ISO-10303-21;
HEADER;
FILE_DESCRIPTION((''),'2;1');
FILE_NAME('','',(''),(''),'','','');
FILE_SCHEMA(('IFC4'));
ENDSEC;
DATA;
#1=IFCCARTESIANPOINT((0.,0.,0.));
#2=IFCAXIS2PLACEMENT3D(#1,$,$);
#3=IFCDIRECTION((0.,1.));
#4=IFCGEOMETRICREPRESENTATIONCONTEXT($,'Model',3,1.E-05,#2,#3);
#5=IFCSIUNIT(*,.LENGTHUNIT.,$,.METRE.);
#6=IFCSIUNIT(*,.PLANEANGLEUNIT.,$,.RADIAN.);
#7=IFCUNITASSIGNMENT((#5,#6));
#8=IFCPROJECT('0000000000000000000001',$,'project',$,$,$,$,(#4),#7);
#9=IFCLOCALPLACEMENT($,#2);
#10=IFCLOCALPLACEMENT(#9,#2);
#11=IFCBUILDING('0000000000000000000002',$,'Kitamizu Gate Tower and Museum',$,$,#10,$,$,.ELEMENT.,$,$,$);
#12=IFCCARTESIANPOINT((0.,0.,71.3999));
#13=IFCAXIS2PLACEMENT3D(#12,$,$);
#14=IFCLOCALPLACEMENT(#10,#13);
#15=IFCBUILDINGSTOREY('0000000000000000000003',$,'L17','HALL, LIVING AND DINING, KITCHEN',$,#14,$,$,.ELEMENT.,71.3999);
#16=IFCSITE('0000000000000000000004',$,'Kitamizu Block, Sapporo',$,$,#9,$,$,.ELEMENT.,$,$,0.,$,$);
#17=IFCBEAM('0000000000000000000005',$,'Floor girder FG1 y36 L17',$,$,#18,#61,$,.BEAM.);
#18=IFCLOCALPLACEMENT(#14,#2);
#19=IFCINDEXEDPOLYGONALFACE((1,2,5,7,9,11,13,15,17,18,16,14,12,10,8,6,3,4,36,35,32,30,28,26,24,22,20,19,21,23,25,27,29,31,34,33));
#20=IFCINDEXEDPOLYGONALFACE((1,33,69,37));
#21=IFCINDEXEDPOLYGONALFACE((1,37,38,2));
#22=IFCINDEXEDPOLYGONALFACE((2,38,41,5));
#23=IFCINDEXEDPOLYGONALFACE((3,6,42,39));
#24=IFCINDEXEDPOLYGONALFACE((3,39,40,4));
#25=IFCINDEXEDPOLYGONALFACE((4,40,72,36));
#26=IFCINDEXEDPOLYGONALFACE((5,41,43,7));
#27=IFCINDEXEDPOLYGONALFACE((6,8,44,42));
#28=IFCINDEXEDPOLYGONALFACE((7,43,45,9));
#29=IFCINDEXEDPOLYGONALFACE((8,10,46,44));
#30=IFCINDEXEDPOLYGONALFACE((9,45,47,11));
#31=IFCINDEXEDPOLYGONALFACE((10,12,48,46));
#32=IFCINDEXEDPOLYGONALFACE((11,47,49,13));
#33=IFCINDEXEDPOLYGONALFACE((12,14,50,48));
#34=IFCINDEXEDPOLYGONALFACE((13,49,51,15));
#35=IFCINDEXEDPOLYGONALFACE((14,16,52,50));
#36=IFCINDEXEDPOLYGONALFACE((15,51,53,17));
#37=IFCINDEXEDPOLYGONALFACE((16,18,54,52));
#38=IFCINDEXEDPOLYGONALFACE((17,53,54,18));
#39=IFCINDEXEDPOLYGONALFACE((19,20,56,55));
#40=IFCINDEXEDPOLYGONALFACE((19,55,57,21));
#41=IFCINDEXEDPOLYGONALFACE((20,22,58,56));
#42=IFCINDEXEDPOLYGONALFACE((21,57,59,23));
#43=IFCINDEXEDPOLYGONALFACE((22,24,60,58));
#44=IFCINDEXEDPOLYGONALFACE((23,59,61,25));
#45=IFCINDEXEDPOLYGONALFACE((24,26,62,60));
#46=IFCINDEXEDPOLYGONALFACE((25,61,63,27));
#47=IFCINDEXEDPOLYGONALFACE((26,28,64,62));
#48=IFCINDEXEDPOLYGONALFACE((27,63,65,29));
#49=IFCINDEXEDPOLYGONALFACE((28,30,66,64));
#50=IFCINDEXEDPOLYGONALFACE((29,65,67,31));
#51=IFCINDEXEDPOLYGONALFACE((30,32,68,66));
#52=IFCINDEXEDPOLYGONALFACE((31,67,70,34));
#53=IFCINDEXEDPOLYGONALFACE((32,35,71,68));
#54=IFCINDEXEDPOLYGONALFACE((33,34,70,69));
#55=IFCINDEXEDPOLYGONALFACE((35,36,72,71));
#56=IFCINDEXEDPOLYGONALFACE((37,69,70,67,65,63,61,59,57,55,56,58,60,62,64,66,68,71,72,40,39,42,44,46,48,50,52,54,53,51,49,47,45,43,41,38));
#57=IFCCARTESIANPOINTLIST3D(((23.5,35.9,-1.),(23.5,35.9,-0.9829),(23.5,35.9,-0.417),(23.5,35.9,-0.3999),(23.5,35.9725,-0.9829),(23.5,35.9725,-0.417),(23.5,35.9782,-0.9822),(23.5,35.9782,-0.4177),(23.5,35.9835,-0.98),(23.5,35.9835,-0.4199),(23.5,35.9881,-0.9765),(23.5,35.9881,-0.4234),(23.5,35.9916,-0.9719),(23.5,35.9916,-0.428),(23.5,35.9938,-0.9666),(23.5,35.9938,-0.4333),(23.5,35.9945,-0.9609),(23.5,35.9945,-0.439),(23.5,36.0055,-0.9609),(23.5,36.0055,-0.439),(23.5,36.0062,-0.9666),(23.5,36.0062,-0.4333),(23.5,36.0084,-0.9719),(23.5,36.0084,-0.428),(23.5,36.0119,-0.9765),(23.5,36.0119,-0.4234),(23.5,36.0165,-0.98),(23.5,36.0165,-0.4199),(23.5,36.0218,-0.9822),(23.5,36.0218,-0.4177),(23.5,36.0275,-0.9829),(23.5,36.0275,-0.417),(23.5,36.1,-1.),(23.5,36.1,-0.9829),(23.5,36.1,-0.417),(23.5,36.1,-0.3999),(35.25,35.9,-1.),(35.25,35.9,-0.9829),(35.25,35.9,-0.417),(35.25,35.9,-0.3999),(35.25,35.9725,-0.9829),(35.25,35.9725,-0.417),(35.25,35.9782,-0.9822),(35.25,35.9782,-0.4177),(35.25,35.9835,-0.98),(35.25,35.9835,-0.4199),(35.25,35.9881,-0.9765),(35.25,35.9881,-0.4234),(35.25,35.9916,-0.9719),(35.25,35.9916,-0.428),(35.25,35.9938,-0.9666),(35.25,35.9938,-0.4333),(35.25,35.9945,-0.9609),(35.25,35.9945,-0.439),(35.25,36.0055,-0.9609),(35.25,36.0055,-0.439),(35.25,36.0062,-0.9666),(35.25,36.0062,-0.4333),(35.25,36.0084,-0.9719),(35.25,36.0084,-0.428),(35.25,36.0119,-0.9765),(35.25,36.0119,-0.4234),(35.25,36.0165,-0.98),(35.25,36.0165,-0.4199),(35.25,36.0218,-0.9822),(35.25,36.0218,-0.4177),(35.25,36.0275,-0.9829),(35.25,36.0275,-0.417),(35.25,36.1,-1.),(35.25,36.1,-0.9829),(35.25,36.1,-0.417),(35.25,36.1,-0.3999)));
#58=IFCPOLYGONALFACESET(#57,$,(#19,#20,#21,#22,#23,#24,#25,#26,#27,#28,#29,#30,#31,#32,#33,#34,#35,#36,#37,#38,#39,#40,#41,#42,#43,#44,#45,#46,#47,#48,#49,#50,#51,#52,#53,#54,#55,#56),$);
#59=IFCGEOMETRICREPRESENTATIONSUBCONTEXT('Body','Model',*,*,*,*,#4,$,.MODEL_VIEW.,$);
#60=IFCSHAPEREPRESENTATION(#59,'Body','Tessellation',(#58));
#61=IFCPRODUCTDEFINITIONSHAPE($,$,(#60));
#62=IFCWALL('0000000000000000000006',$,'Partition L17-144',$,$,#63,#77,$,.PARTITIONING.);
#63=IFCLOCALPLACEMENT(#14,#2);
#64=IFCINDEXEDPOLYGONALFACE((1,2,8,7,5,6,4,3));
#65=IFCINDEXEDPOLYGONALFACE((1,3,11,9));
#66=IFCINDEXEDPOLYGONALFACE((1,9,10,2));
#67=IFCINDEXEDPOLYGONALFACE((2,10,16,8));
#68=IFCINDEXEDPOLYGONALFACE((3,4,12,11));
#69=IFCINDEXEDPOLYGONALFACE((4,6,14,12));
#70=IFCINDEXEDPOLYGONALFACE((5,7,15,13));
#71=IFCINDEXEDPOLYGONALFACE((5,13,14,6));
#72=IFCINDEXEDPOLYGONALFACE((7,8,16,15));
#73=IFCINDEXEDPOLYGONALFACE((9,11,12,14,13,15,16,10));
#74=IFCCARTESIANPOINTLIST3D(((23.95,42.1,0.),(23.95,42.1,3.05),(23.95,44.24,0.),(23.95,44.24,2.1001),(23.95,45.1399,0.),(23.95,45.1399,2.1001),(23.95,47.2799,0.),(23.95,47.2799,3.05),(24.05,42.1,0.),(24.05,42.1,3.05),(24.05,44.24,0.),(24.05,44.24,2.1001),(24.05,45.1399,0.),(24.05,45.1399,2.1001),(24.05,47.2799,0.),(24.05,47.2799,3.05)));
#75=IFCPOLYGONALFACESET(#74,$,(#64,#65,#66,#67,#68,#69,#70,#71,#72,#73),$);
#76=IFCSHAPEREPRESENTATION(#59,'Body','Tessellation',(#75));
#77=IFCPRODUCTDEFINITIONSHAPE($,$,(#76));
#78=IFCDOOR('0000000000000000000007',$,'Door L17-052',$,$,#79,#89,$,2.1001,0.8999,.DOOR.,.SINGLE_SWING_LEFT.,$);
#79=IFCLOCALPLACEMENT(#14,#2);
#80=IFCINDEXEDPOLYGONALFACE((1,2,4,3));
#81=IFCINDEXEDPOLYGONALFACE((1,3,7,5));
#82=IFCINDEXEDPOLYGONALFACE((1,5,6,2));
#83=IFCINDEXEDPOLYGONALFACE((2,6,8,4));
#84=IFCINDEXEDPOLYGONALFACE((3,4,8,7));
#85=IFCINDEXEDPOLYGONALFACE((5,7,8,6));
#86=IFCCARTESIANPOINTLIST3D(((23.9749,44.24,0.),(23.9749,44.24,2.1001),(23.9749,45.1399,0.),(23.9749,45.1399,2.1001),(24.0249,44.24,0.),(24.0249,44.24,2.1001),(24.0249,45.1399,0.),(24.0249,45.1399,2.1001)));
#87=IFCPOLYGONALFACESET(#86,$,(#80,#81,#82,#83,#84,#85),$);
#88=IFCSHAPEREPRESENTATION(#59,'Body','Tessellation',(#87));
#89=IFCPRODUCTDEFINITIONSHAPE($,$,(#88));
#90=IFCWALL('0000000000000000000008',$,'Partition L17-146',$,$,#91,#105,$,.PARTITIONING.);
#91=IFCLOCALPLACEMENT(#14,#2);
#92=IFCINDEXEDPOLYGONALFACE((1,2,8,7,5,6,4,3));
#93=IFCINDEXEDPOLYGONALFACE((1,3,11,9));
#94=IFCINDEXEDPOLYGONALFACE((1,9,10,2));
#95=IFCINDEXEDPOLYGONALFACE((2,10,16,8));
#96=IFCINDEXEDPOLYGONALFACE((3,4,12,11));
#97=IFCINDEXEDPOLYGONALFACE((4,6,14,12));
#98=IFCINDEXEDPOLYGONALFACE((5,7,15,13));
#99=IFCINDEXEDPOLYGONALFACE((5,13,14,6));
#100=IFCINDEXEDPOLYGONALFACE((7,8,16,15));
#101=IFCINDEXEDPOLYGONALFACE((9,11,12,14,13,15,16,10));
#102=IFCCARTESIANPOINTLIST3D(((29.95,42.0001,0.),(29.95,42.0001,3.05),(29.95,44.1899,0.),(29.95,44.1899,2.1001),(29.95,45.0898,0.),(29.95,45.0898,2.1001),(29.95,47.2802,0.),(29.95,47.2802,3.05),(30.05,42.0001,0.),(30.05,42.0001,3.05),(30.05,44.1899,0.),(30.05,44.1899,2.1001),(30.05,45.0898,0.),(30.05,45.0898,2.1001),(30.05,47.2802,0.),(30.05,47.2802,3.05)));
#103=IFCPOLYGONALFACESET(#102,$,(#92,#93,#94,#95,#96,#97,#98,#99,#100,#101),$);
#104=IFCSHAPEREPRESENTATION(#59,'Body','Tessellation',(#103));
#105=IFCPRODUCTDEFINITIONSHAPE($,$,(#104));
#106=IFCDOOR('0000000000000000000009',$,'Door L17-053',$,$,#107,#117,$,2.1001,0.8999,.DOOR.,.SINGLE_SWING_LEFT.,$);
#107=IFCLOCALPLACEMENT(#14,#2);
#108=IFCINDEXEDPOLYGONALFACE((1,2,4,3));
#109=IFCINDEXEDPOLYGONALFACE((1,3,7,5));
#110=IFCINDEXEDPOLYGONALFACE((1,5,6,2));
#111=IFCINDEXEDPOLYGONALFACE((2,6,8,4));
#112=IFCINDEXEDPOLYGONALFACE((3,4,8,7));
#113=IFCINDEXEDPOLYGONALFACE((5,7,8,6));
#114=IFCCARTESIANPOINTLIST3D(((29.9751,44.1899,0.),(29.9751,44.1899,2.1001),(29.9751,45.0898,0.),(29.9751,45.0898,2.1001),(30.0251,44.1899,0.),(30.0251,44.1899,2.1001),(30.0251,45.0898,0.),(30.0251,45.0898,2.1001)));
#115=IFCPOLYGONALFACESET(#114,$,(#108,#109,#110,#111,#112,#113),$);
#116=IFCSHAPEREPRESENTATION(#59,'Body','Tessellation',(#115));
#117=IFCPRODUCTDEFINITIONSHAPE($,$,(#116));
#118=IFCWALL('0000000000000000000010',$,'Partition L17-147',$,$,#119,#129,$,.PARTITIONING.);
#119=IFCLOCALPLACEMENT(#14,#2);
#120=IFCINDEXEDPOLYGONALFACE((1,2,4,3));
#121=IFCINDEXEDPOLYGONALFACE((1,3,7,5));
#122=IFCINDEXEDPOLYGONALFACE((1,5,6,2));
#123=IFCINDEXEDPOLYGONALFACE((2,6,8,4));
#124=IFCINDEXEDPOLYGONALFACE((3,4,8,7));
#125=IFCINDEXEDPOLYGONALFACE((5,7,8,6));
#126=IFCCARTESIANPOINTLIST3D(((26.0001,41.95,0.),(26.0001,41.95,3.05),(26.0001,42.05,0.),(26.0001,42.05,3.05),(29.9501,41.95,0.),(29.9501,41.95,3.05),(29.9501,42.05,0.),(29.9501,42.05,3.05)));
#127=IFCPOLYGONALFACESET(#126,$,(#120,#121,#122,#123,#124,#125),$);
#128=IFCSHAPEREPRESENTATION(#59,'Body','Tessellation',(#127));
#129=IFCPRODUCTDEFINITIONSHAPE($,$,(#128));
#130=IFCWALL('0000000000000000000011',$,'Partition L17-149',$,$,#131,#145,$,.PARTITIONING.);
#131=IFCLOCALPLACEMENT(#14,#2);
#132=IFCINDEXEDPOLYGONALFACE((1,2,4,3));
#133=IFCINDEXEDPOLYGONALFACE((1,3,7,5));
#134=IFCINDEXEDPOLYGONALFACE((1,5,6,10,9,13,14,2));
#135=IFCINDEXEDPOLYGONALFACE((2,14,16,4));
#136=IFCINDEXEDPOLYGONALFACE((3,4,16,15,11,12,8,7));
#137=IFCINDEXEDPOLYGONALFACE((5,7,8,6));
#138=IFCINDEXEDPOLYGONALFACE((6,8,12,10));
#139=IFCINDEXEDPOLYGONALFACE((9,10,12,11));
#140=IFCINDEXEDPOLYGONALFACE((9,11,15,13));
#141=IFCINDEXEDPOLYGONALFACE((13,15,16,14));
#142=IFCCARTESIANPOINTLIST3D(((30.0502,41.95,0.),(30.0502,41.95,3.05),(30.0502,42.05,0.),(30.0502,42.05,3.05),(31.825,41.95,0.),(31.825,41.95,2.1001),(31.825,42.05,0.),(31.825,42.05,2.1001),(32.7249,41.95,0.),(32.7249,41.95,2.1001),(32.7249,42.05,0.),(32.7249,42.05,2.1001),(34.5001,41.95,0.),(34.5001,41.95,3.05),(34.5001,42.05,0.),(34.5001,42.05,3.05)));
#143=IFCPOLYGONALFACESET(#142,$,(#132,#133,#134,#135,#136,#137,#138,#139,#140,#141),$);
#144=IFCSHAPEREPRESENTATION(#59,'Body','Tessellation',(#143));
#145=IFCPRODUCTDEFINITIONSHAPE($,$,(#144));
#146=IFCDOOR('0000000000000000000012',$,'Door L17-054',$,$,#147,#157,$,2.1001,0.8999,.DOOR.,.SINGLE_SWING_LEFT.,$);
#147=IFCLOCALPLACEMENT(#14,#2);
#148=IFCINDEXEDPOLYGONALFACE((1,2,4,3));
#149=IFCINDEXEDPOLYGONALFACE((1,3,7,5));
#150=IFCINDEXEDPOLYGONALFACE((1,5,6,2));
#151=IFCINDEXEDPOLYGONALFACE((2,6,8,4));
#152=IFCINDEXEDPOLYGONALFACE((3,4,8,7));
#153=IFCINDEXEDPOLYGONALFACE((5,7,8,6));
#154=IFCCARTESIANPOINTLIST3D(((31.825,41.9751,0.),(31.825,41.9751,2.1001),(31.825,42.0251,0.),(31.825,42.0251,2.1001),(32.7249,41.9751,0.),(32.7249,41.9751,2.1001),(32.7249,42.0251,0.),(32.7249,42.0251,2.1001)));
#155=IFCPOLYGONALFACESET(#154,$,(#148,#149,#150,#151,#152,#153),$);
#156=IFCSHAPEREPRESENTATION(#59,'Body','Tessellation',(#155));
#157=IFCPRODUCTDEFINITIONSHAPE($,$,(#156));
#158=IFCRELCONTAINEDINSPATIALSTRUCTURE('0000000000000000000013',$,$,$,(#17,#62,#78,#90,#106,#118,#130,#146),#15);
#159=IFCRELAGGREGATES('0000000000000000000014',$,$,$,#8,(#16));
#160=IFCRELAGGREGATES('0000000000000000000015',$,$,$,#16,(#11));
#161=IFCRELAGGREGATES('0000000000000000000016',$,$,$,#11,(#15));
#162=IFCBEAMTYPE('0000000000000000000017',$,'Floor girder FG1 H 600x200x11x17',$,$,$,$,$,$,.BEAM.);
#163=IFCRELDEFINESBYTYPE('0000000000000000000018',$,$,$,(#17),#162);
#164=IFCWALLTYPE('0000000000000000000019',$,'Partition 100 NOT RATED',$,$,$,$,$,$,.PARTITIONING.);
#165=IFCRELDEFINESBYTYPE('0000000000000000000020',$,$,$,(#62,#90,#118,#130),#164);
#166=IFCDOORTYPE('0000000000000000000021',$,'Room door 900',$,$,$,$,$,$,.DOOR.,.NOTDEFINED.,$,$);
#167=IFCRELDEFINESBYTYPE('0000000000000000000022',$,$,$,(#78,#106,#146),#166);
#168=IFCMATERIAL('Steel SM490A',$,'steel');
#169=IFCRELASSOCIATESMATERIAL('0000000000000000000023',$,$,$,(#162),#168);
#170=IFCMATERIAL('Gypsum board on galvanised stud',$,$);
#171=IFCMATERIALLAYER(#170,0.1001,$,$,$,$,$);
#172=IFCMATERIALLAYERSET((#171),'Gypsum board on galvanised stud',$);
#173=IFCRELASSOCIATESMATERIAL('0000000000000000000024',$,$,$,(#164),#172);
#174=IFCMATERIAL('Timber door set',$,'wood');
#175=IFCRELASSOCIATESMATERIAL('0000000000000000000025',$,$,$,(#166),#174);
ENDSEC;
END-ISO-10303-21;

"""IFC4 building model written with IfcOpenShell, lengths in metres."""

from ifc_helpers import new_model, si_unit, direction, frame, frame_2d, origin, origin_2d, place, context, subcontext, project, spatial, rectangle, i_section, extrude, material, layer, layer_set, material_profile, profile_set, type_object, element, fill, save


model = new_model("IFC4")

# Units and contexts
model_context = context("Model", 3, precision=1e-05, world=origin(), true_north=direction((0.0, 1.0)))
body_context = subcontext(model_context, "Body", "Model", "MODEL_VIEW")
ifc_project = project(units=[si_unit("LENGTHUNIT", "METRE"), si_unit("PLANEANGLEUNIT", "RADIAN")], contexts=[model_context])

# Site, building, storey
site_placement = place(None, origin())
site = spatial("IfcSite", under=ifc_project, at=site_placement, Name="Kitamizu Block, Sapporo", CompositionType="ELEMENT", RefElevation=0.0)
building_placement = place(site_placement, origin())
building = spatial("IfcBuilding", under=site, at=building_placement, Name="Kitamizu Gate Tower and Museum", CompositionType="ELEMENT")
storey_placement = place(building_placement, frame((0.0, 0.0, 71.3999)))
storey = spatial("IfcBuildingStorey", under=building, at=storey_placement, Name="L17", Description="HALL, LIVING AND DINING, KITCHEN", CompositionType="ELEMENT", Elevation=71.3999)

# Beam
ifc_material_1 = material(Name="Steel SM490A", Category="steel")
ifc_material_profile_1 = material_profile(ifc_material_1, i_section(OverallWidth=0.2, OverallDepth=0.6001, WebThickness=0.011, FlangeThickness=0.0171, FilletRadius=0.022, at=origin_2d()), Name="H-600x200x11x17")
ifc_profile_set_1 = profile_set([ifc_material_profile_1], Name="Steel SM490A")
beam_type_1 = type_object("IfcBeamType", Name="Floor girder FG1 H 600x200x11x17", PredefinedType="BEAM", material=ifc_profile_set_1)
beam_1_placement = place(storey_placement, frame((23.5, 36.0, -0.7), z_axis=(1.0, 0.0, 0.0), x_axis=(0.0, 1.0, 0.0)))
element("IfcBeam", 1, at=beam_1_placement, inside=storey, type_object=beam_type_1, Name="Floor girder FG1 y36 L17", PredefinedType="BEAM", context=body_context, shape_type="SweptSolid", body=[
    extrude(i_section(OverallWidth=0.2, OverallDepth=0.6001, WebThickness=0.011, FlangeThickness=0.0171, FilletRadius=0.022, at=origin_2d()), origin(), (0.0, 0.0, 1.0), 11.75),
])

# Walls, openings, doors
ifc_material_2 = material(Name="Gypsum board on galvanised stud")
ifc_layer_1 = layer(ifc_material_2, 0.1001)
ifc_layer_set_1 = layer_set([ifc_layer_1], Name="Gypsum board on galvanised stud")
wall_type_1 = type_object("IfcWallType", Name="Partition 100 NOT RATED", PredefinedType="PARTITIONING", material=ifc_layer_set_1)
wall_1_placement = place(storey_placement, frame((24.0, 42.1001, 0.0), z_axis=(0.0, 0.0, 1.0), x_axis=(0.0, 1.0, 0.0)))
wall_1 = element("IfcWall", 2, at=wall_1_placement, inside=storey, type_object=wall_type_1, Name="Partition L17-144", PredefinedType="PARTITIONING", context=body_context, shape_type="SweptSolid", body=[
    extrude(rectangle(XDim=5.1799, YDim=0.1001, at=frame_2d((2.5898, 0.0))), origin(), (0.0, 0.0, 1.0), 3.05),
])
opening_1_placement = place(wall_1_placement, frame((2.1399, 0.0, 0.0)))
opening_1 = element("IfcOpeningElement", 3, at=opening_1_placement, cuts=wall_1, PredefinedType="OPENING", context=body_context, shape_type="SweptSolid", body=[
    extrude(rectangle(XDim=0.8999, YDim=2.1001, at=frame_2d((0.45, 1.05))), frame((0.0, 0.0601, 0.0), z_axis=(0.0, -1.0, 0.0), x_axis=(1.0, 0.0, 0.0)), (0.0, 0.0, 1.0), 0.1201),
])
ifc_material_3 = material(Name="Timber door set", Category="wood")
door_type = type_object("IfcDoorType", Name="Room door 900", OperationType="NOTDEFINED", PredefinedType="DOOR", material=ifc_material_3)
door_1_placement = place(opening_1_placement, frame((0.8999, 0.0, 0.0), x_axis=(-1.0, 0.0, 0.0)))
door_1 = element("IfcDoor", 4, at=door_1_placement, inside=storey, type_object=door_type, Name="Door L17-052", OperationType="SINGLE_SWING_LEFT", OverallHeight=2.1001, OverallWidth=0.8999, PredefinedType="DOOR", context=body_context, shape_type="SweptSolid", body=[
    extrude(rectangle(XDim=0.8999, YDim=2.1001, at=frame_2d((0.45, 1.05))), frame((0.0, 0.0249, 0.0), z_axis=(0.0, -1.0, 0.0), x_axis=(1.0, 0.0, 0.0)), (0.0, 0.0, 1.0), 0.05),
])
fill(opening_1, door_1)
wall_2_placement = place(storey_placement, frame((30.0, 42.0, 0.0), z_axis=(0.0, 0.0, 1.0), x_axis=(0.0, 1.0, 0.0)))
wall_2 = element("IfcWall", 5, at=wall_2_placement, inside=storey, type_object=wall_type_1, Name="Partition L17-146", PredefinedType="PARTITIONING", context=body_context, shape_type="SweptSolid", body=[
    extrude(rectangle(XDim=5.28, YDim=0.1001, at=frame_2d((2.6401, 0.0))), origin(), (0.0, 0.0, 1.0), 3.05),
])
opening_2_placement = place(wall_2_placement, frame((2.1899, 0.0, 0.0)))
opening_2 = element("IfcOpeningElement", 6, at=opening_2_placement, cuts=wall_2, PredefinedType="OPENING", context=body_context, shape_type="SweptSolid", body=[
    extrude(rectangle(XDim=0.8999, YDim=2.1001, at=frame_2d((0.45, 1.05))), frame((0.0, 0.0601, 0.0), z_axis=(0.0, -1.0, 0.0), x_axis=(1.0, 0.0, 0.0)), (0.0, 0.0, 1.0), 0.1201),
])
door_2_placement = place(opening_2_placement, origin())
door_2 = element("IfcDoor", 7, at=door_2_placement, inside=storey, type_object=door_type, Name="Door L17-053", OperationType="SINGLE_SWING_LEFT", OverallHeight=2.1001, OverallWidth=0.8999, PredefinedType="DOOR", context=body_context, shape_type="SweptSolid", body=[
    extrude(rectangle(XDim=0.8999, YDim=2.1001, at=frame_2d((0.45, 1.05))), frame((0.0, 0.0249, 0.0), z_axis=(0.0, -1.0, 0.0), x_axis=(1.0, 0.0, 0.0)), (0.0, 0.0, 1.0), 0.05),
])
fill(opening_2, door_2)

# Wall
wall_3_placement = place(storey_placement, frame((26.0, 42.0, 0.0), z_axis=(0.0, 0.0, 1.0), x_axis=(1.0, 0.0, 0.0)))
element("IfcWall", 8, at=wall_3_placement, inside=storey, type_object=wall_type_1, Name="Partition L17-147", PredefinedType="PARTITIONING", context=body_context, shape_type="SweptSolid", body=[
    extrude(rectangle(XDim=3.95, YDim=0.1001, at=frame_2d((1.9751, 0.0))), origin(), (0.0, 0.0, 1.0), 3.05),
])

# Wall, opening, door
wall_4_placement = place(storey_placement, frame((30.05, 42.0, 0.0), z_axis=(0.0, 0.0, 1.0), x_axis=(1.0, 0.0, 0.0)))
wall_4 = element("IfcWall", 9, at=wall_4_placement, inside=storey, type_object=wall_type_1, Name="Partition L17-149", PredefinedType="PARTITIONING", context=body_context, shape_type="SweptSolid", body=[
    extrude(rectangle(XDim=4.45, YDim=0.1001, at=frame_2d((2.2251, 0.0))), origin(), (0.0, 0.0, 1.0), 3.05),
])
opening_3_placement = place(wall_4_placement, frame((1.7749, 0.0, 0.0)))
opening_3 = element("IfcOpeningElement", 10, at=opening_3_placement, cuts=wall_4, PredefinedType="OPENING", context=body_context, shape_type="SweptSolid", body=[
    extrude(rectangle(XDim=0.8999, YDim=2.1001, at=frame_2d((0.45, 1.05))), frame((0.0, 0.0601, 0.0), z_axis=(0.0, -1.0, 0.0), x_axis=(1.0, 0.0, 0.0)), (0.0, 0.0, 1.0), 0.1201),
])
door_3_placement = place(opening_3_placement, frame((0.8999, 0.0, 0.0), x_axis=(-1.0, 0.0, 0.0)))
door_3 = element("IfcDoor", 11, at=door_3_placement, inside=storey, type_object=door_type, Name="Door L17-054", OperationType="SINGLE_SWING_LEFT", OverallHeight=2.1001, OverallWidth=0.8999, PredefinedType="DOOR", context=body_context, shape_type="SweptSolid", body=[
    extrude(rectangle(XDim=0.8999, YDim=2.1001, at=frame_2d((0.45, 1.05))), frame((0.0, 0.0249, 0.0), z_axis=(0.0, -1.0, 0.0), x_axis=(1.0, 0.0, 0.0)), (0.0, 0.0, 1.0), 0.05),
])
fill(opening_3, door_3)

save(model, "model.ifc")
